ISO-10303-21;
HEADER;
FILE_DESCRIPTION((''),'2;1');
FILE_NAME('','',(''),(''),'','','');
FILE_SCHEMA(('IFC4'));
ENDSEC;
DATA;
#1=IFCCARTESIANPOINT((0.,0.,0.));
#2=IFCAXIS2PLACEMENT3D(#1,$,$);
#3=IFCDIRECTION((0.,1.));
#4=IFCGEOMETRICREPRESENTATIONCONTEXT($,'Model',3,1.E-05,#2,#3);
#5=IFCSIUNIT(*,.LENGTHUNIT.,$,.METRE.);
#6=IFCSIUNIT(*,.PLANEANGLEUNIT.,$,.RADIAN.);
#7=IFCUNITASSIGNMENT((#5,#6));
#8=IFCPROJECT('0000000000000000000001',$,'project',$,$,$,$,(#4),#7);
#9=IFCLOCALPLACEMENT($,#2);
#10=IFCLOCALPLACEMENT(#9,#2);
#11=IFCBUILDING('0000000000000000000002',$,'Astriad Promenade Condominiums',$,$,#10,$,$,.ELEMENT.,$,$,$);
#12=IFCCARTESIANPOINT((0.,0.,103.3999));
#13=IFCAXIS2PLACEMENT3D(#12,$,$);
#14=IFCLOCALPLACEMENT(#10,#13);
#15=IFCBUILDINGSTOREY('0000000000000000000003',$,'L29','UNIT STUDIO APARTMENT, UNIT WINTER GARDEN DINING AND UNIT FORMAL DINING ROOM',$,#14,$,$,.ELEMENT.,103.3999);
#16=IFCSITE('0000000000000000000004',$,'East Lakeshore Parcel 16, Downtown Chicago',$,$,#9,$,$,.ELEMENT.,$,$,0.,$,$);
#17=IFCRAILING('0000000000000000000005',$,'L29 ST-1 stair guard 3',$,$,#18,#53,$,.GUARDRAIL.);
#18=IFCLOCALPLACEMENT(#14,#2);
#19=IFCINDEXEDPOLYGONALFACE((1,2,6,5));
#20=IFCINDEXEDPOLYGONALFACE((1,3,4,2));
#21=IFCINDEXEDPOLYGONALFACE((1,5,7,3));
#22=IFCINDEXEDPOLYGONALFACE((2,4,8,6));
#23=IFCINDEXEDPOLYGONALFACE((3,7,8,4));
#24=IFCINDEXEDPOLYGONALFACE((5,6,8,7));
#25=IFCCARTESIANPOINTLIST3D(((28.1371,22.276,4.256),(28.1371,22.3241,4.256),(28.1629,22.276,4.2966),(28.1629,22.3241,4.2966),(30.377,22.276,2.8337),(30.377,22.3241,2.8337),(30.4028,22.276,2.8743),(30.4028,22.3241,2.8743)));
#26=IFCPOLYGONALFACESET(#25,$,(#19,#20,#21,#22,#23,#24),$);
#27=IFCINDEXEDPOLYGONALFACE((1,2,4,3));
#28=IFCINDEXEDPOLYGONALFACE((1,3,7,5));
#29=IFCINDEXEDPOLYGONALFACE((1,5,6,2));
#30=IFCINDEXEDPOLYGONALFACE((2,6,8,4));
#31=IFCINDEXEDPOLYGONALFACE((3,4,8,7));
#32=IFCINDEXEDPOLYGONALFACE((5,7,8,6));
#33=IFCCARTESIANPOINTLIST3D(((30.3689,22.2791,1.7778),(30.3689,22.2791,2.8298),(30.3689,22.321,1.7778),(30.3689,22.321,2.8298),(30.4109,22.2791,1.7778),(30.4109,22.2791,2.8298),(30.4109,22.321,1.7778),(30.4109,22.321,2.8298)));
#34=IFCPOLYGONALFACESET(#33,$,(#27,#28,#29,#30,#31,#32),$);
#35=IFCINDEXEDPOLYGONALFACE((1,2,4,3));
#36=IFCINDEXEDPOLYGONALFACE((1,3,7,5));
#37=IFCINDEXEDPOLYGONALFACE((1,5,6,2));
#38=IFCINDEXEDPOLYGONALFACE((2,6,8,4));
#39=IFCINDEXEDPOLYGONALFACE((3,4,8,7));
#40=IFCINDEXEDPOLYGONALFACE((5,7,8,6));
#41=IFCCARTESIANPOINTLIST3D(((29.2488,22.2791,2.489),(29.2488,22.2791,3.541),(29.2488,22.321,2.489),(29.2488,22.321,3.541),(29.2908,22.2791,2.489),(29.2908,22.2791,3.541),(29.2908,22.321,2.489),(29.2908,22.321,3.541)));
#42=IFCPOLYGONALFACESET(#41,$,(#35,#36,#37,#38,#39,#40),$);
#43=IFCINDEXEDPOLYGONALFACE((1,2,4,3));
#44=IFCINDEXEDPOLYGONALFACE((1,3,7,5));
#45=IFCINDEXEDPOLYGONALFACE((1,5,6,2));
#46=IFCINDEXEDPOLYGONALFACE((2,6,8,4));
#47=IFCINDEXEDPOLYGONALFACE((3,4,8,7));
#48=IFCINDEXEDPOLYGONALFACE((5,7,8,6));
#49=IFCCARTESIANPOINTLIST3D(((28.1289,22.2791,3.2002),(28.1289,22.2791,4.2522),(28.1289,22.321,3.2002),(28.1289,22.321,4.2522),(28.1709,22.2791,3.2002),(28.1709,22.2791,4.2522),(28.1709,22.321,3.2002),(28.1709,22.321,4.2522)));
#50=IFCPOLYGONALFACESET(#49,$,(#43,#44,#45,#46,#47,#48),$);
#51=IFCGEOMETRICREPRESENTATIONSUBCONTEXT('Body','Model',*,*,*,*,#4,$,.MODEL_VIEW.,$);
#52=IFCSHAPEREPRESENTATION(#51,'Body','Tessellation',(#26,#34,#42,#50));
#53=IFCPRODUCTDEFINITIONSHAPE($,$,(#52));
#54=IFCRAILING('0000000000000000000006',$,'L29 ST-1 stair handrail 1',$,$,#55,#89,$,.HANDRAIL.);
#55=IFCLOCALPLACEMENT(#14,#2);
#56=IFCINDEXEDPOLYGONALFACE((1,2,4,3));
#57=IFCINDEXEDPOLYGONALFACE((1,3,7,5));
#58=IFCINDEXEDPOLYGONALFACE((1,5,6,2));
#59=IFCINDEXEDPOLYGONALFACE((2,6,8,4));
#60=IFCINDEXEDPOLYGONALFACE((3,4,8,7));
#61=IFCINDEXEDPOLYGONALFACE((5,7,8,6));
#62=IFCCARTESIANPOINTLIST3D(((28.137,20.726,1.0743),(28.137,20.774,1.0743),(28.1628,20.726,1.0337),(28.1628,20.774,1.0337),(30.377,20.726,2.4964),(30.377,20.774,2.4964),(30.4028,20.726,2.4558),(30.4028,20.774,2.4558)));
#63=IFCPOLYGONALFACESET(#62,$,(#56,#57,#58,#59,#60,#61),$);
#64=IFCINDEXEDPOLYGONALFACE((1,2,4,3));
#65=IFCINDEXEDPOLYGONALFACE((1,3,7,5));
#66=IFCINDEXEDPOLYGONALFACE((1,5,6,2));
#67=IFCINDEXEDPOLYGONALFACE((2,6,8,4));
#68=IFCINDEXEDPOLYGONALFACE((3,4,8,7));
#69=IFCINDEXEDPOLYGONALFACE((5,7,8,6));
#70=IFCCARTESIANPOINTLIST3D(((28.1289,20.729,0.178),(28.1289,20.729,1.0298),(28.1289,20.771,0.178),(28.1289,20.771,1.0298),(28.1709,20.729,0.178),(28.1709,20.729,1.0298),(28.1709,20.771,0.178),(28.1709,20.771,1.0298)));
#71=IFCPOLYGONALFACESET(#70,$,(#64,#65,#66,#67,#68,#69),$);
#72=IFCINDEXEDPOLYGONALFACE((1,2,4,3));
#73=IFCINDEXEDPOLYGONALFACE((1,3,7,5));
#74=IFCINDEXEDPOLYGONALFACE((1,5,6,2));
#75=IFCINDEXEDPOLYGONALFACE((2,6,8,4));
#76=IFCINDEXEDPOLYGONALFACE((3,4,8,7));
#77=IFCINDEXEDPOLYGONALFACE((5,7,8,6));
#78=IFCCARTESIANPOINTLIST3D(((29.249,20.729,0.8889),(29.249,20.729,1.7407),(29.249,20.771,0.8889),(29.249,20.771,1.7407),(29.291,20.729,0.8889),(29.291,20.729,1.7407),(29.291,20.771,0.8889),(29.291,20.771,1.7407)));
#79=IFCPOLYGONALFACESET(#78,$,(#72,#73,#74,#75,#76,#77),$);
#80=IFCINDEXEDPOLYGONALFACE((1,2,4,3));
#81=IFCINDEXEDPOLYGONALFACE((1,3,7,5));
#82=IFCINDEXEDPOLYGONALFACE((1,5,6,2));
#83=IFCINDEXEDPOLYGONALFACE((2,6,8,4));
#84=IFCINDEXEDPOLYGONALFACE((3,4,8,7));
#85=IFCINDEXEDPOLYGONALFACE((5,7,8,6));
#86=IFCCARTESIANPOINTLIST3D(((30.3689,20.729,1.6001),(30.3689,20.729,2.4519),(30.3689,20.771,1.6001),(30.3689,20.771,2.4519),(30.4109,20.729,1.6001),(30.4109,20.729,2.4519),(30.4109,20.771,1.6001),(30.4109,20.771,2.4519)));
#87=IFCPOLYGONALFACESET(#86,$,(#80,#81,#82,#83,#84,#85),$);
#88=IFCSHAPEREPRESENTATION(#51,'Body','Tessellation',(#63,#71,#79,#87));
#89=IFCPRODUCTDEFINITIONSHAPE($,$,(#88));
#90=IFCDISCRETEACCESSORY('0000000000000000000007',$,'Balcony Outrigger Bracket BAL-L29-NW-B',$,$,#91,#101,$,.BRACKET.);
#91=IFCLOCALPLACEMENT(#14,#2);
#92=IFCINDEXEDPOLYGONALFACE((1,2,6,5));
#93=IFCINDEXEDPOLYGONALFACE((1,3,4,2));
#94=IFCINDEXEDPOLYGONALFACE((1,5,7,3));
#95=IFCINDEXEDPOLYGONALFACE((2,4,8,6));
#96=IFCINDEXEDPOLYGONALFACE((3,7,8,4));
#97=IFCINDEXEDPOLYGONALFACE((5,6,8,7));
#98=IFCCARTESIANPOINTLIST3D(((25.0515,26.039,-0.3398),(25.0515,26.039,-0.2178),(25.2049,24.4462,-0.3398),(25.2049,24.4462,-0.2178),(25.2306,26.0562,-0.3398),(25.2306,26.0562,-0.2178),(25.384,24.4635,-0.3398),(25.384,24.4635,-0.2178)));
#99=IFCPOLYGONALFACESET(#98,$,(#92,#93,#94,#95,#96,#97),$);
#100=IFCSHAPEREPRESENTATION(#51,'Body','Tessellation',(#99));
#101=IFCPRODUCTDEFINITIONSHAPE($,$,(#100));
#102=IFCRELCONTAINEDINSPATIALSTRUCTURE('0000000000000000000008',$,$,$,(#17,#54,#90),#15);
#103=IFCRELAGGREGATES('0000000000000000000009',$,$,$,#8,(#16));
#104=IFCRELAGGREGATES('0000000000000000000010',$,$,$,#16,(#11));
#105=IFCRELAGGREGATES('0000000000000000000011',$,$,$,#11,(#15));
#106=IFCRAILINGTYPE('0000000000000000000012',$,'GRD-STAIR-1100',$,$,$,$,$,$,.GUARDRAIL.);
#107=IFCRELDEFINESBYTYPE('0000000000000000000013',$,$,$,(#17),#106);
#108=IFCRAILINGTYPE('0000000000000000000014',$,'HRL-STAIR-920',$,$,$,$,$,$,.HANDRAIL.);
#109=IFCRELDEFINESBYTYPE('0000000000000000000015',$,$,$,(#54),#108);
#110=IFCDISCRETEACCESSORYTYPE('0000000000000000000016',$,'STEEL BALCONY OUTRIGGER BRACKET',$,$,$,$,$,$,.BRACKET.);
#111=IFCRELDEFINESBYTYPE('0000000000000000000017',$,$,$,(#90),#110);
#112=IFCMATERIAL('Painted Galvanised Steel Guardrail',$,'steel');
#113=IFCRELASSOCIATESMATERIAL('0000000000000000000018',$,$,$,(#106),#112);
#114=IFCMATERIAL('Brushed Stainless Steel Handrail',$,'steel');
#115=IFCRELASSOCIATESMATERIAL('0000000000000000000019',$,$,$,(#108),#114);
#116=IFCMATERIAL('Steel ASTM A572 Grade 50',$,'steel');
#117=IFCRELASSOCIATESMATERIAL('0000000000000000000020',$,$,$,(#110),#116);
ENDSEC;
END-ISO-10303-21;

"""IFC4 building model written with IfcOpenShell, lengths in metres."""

from ifc_helpers import new_model, si_unit, direction, frame, origin, origin_2d, place, context, subcontext, project, spatial, rectangle, extrude, source, transform, mapped, material, type_object, type_shapes, element, save


model = new_model("IFC4")

# Units and contexts
model_context = context("Model", 3, precision=1e-05, world=origin(), true_north=direction((0.0, 1.0)))
body_context = subcontext(model_context, "Body", "Model", "MODEL_VIEW")
ifc_project = project(units=[si_unit("LENGTHUNIT", "METRE"), si_unit("PLANEANGLEUNIT", "RADIAN")], contexts=[model_context])

# Site, building, storey
site_placement = place(None, origin())
site = spatial("IfcSite", under=ifc_project, at=site_placement, Name="East Lakeshore Parcel 16, Downtown Chicago", CompositionType="ELEMENT", RefElevation=0.0)
building_placement = place(site_placement, origin())
building = spatial("IfcBuilding", under=site, at=building_placement, Name="Astriad Promenade Condominiums", CompositionType="ELEMENT")
storey_placement = place(building_placement, frame((0.0, 0.0, 103.3999)))
storey = spatial("IfcBuildingStorey", under=building, at=storey_placement, Name="L29", Description="UNIT STUDIO APARTMENT, UNIT WINTER GARDEN DINING AND UNIT FORMAL DINING ROOM", CompositionType="ELEMENT", Elevation=103.3999)

# Railings
ifc_material_1 = material(Name="Painted Galvanised Steel Guardrail", Category="steel")
railing_type_1 = type_object("IfcRailingType", Name="GRD-STAIR-1100", PredefinedType="GUARDRAIL", material=ifc_material_1)
shared_shape_1 = source(origin(), body_context, "Body", "SweptSolid", [
    extrude(rectangle(XDim=0.0481, YDim=0.0481, at=origin_2d()), frame((0.0, 0.0, 1.0762), z_axis=(-0.844188, 0.0, 0.536048), x_axis=(0.0, -1.0, 0.0)), (0.0, 0.0, 1.0), 2.6533),
    extrude(rectangle(XDim=0.042, YDim=0.042, at=origin_2d()), origin(), (0.0, 0.0, 1.0), 1.052),
    extrude(rectangle(XDim=0.042, YDim=0.042, at=origin_2d()), frame((-1.1201, 0.0, 0.7112)), (0.0, 0.0, 1.0), 1.052),
    extrude(rectangle(XDim=0.042, YDim=0.042, at=origin_2d()), frame((-2.24, 0.0, 1.4224)), (0.0, 0.0, 1.0), 1.052),
])
railing_1_placement = place(storey_placement, frame((30.3899, 22.3, 1.7778)))
element("IfcRailing", 1, at=railing_1_placement, inside=storey, type_object=railing_type_1, Name="L29 ST-1 stair guard 3", PredefinedType="GUARDRAIL", context=body_context, shape_type="MappedRepresentation", body=[
    mapped(shared_shape_1, transform((0.0, 0.0, 0.0), scale=1.0)),
])
ifc_material_2 = material(Name="Brushed Stainless Steel Handrail", Category="steel")
railing_type_2 = type_object("IfcRailingType", Name="HRL-STAIR-920", PredefinedType="HANDRAIL", material=ifc_material_2)
shared_shape_2 = source(origin(), body_context, "Body", "SweptSolid", [
    extrude(rectangle(XDim=0.0481, YDim=0.0481, at=origin_2d()), frame((0.0, 0.0, 0.876), z_axis=(0.844229, 0.0, 0.535982), x_axis=(0.0, 1.0, 0.0)), (0.0, 0.0, 1.0), 2.6533),
    extrude(rectangle(XDim=0.042, YDim=0.042, at=origin_2d()), origin(), (0.0, 0.0, 1.0), 0.8518),
    extrude(rectangle(XDim=0.042, YDim=0.042, at=origin_2d()), frame((1.1201, 0.0, 0.7109)), (0.0, 0.0, 1.0), 0.8518),
    extrude(rectangle(XDim=0.042, YDim=0.042, at=origin_2d()), frame((2.24, 0.0, 1.4221)), (0.0, 0.0, 1.0), 0.8518),
])
type_shapes(railing_type_2, [shared_shape_2])
railing_2_placement = place(storey_placement, frame((28.1499, 20.75, 0.178)))
element("IfcRailing", 2, at=railing_2_placement, inside=storey, type_object=railing_type_2, Name="L29 ST-1 stair handrail 1", PredefinedType="HANDRAIL", context=body_context, shape_type="MappedRepresentation", body=[
    mapped(shared_shape_2, transform((0.0, 0.0, 0.0), scale=1.0)),
])

# Discrete accessory
ifc_material_3 = material(Name="Steel ASTM A572 Grade 50", Category="steel")
discrete_accessory_type = type_object("IfcDiscreteAccessoryType", Name="STEEL BALCONY OUTRIGGER BRACKET", PredefinedType="BRACKET", material=ifc_material_3)
shared_shape_3 = source(origin(), body_context, "Body", "SweptSolid", [
    extrude(rectangle(XDim=1.6001, YDim=0.1799, at=origin_2d()), origin(), (0.0, 0.0, 1.0), 0.1221),
])
type_shapes(discrete_accessory_type, [shared_shape_3])
discrete_accessory_placement = place(storey_placement, frame((25.2178, 25.2512, -0.3398), z_axis=(0.0, 0.0, 1.0), x_axis=(-0.095846, 0.995396, 0.0)))
element("IfcDiscreteAccessory", 3, at=discrete_accessory_placement, inside=storey, type_object=discrete_accessory_type, Name="Balcony Outrigger Bracket BAL-L29-NW-B", PredefinedType="BRACKET", context=body_context, shape_type="MappedRepresentation", body=[
    mapped(shared_shape_3, transform((0.0, 0.0, 0.0), scale=1.0)),
])

save(model, "model.ifc")
